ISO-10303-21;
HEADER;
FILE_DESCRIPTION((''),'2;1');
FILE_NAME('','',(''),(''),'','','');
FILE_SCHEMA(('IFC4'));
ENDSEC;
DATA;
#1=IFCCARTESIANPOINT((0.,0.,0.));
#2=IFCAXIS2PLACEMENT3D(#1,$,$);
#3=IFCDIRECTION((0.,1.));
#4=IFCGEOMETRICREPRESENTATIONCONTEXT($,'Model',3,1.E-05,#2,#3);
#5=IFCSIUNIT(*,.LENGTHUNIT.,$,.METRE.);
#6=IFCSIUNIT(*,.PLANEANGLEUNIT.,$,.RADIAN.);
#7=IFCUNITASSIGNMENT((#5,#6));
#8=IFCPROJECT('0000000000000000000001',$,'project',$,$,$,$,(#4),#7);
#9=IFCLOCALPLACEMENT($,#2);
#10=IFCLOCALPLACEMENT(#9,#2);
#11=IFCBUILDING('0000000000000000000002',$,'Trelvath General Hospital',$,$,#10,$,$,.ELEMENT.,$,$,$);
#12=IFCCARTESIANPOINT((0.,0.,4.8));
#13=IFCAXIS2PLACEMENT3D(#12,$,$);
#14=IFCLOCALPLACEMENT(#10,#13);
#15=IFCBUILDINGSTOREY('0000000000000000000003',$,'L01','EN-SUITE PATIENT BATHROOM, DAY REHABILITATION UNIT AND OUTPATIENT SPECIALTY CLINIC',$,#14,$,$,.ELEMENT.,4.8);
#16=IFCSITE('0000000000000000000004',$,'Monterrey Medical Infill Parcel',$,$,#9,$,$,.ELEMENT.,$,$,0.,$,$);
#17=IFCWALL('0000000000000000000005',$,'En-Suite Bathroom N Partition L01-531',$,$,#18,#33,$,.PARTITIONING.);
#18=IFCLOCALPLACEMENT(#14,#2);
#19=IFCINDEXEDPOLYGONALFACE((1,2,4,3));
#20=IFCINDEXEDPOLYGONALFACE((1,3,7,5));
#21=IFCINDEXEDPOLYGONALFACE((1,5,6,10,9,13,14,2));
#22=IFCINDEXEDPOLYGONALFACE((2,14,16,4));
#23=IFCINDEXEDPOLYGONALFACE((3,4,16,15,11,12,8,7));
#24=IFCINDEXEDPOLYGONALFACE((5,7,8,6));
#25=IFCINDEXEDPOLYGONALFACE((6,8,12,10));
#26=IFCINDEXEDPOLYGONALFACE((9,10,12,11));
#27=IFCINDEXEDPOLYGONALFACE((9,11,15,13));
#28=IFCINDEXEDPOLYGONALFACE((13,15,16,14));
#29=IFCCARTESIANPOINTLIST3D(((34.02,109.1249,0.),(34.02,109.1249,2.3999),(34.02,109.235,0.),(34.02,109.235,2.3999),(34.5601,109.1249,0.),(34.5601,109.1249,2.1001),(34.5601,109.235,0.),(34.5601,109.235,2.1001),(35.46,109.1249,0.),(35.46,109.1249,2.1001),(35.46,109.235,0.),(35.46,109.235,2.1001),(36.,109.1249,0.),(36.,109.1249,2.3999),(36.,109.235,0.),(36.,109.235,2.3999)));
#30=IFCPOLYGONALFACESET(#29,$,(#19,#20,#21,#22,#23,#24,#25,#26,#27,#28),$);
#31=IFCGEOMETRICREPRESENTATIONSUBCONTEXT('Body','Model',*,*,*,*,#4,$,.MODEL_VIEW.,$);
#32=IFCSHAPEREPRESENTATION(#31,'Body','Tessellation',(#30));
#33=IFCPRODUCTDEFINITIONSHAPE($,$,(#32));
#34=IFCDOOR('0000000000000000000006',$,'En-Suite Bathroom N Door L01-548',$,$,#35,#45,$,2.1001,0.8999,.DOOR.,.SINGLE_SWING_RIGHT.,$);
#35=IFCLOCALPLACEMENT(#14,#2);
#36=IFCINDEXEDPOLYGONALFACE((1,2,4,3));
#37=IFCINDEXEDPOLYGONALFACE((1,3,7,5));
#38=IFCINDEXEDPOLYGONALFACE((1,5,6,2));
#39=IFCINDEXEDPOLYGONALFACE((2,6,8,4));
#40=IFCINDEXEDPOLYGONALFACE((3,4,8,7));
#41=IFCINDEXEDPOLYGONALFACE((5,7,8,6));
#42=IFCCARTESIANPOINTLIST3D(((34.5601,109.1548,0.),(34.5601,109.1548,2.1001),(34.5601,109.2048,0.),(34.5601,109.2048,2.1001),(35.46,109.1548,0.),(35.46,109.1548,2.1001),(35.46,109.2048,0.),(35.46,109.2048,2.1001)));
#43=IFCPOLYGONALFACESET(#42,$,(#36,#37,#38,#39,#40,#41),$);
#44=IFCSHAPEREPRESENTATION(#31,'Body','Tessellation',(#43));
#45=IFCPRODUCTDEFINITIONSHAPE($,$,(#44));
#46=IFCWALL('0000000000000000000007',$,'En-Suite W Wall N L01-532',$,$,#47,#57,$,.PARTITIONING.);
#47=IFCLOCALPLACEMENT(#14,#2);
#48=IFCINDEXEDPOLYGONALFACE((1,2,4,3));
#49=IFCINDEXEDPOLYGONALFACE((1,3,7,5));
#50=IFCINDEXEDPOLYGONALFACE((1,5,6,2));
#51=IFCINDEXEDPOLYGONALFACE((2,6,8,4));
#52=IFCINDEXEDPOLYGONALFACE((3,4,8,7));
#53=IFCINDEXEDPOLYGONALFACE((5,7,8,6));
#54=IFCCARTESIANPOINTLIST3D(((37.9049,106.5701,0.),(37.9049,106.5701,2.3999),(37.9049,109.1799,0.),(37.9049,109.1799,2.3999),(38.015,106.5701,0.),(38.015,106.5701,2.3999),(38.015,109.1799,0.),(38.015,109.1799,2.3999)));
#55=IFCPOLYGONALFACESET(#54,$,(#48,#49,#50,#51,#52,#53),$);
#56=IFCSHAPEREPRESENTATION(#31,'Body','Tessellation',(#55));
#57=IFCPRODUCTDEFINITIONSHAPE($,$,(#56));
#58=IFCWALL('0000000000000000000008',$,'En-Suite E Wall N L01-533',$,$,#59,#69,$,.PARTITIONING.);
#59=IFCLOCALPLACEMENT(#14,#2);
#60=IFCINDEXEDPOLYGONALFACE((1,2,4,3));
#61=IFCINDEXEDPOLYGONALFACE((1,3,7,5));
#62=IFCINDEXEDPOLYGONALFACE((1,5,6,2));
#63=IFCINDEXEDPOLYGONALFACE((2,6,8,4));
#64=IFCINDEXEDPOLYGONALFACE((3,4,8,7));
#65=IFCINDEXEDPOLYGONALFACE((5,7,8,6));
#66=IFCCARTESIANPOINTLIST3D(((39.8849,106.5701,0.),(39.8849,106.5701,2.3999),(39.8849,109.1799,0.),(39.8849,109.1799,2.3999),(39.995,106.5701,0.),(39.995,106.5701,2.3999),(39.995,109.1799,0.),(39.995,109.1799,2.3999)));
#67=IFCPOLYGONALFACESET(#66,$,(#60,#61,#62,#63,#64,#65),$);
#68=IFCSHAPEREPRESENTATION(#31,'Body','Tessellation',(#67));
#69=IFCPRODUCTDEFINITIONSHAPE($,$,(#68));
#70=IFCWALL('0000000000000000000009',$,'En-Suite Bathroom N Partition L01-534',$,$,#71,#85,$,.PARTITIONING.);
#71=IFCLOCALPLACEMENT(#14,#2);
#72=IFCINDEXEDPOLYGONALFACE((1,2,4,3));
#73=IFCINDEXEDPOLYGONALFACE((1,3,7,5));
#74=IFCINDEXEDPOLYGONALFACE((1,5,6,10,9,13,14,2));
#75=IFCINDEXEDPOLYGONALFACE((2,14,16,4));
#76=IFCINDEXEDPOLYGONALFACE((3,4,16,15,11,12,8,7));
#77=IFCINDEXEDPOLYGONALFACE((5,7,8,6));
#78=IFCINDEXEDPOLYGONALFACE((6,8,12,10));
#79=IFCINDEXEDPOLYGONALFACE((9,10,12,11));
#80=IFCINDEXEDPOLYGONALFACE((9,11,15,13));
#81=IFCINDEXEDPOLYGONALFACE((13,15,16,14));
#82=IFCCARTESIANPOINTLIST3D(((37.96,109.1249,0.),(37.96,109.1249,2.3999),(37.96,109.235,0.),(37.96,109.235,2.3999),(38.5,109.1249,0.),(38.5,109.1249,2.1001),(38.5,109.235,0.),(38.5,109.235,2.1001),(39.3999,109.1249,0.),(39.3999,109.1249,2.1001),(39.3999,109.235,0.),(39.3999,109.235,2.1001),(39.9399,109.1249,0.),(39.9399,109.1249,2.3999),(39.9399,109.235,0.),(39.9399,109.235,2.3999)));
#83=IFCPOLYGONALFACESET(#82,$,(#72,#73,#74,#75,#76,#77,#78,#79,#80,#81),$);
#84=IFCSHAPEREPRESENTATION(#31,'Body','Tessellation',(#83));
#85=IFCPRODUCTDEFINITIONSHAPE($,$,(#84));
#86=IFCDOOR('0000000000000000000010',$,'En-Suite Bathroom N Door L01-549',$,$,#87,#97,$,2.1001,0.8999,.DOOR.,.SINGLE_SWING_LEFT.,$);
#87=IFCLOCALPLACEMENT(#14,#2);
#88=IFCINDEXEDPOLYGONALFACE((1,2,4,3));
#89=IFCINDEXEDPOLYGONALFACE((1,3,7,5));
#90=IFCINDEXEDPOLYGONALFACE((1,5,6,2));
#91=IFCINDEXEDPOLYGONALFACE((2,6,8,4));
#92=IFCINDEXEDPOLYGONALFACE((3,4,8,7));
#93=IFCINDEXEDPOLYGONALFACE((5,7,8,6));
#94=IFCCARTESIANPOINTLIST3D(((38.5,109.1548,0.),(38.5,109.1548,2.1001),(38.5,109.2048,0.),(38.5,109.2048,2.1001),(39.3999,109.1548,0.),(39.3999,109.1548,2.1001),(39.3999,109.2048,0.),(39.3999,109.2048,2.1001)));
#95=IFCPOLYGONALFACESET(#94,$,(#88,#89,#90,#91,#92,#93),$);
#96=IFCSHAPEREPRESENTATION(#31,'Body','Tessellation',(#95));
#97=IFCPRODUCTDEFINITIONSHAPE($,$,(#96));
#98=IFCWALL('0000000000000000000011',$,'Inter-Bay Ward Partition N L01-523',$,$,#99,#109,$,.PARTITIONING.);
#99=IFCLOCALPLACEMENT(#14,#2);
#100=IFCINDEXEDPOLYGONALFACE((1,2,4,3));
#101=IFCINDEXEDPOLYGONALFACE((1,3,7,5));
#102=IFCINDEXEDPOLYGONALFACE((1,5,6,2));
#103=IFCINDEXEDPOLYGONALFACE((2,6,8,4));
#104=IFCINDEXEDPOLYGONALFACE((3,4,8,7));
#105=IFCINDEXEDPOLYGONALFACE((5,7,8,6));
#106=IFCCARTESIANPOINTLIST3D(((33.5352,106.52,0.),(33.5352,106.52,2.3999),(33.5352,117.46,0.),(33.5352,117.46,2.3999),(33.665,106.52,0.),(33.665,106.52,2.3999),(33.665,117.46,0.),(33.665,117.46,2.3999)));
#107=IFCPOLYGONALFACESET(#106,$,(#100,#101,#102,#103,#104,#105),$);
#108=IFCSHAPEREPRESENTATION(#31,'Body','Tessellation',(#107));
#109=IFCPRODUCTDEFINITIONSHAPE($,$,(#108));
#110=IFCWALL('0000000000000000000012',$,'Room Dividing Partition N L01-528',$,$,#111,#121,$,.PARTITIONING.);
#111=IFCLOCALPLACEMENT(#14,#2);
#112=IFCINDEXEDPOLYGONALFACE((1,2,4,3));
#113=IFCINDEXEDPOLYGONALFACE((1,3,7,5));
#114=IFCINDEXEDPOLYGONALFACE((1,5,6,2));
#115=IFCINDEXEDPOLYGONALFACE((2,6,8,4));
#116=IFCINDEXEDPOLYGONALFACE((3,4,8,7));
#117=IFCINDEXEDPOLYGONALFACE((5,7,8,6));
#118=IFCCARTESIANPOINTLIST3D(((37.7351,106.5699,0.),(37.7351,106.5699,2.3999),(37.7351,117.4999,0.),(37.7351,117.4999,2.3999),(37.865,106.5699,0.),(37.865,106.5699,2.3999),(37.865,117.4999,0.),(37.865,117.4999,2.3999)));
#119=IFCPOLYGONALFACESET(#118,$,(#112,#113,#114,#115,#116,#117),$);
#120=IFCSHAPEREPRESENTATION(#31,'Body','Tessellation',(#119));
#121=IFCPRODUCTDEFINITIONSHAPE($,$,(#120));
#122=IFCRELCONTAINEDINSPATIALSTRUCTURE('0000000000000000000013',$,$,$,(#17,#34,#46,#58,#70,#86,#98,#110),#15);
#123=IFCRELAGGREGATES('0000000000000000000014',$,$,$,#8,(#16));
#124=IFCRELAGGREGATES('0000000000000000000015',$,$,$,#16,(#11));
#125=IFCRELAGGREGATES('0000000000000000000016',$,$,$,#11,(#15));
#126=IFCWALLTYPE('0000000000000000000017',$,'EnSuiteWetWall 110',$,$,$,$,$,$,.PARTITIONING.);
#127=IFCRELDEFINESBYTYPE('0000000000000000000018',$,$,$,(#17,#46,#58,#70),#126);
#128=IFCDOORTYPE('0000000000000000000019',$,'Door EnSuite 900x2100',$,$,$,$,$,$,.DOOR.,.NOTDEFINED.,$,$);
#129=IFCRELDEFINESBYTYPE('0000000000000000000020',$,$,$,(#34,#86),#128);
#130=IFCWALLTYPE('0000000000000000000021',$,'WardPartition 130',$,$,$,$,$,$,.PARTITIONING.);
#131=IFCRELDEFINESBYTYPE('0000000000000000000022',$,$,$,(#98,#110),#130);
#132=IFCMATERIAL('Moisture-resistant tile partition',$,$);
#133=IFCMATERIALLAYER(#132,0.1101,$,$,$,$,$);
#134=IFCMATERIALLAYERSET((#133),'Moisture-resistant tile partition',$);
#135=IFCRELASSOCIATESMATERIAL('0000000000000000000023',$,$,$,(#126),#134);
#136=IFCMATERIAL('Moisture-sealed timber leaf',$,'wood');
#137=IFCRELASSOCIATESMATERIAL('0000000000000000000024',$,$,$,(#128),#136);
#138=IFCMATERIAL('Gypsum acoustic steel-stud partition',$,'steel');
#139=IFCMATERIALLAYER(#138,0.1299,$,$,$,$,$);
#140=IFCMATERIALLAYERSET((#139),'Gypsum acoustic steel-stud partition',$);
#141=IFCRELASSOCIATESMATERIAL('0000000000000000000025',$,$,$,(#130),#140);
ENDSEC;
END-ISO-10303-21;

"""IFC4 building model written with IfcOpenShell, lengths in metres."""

from ifc_helpers import new_model, si_unit, direction, frame, frame_2d, origin, place, context, subcontext, project, spatial, rectangle, extrude, material, layer, layer_set, type_object, element, fill, save


model = new_model("IFC4")

# Units and contexts
model_context = context("Model", 3, precision=1e-05, world=origin(), true_north=direction((0.0, 1.0)))
body_context = subcontext(model_context, "Body", "Model", "MODEL_VIEW")
ifc_project = project(units=[si_unit("LENGTHUNIT", "METRE"), si_unit("PLANEANGLEUNIT", "RADIAN")], contexts=[model_context])

# Site, building, storey
site_placement = place(None, origin())
site = spatial("IfcSite", under=ifc_project, at=site_placement, Name="Monterrey Medical Infill Parcel", CompositionType="ELEMENT", RefElevation=0.0)
building_placement = place(site_placement, origin())
building = spatial("IfcBuilding", under=site, at=building_placement, Name="Trelvath General Hospital", CompositionType="ELEMENT")
storey_placement = place(building_placement, frame((0.0, 0.0, 4.8)))
storey = spatial("IfcBuildingStorey", under=building, at=storey_placement, Name="L01", Description="EN-SUITE PATIENT BATHROOM, DAY REHABILITATION UNIT AND OUTPATIENT SPECIALTY CLINIC", CompositionType="ELEMENT", Elevation=4.8)

# Shared definitions
ifc_material_1 = material(Name="Moisture-resistant tile partition")
ifc_layer_1 = layer(ifc_material_1, 0.1101)
ifc_layer_set_1 = layer_set([ifc_layer_1], Name="Moisture-resistant tile partition")
wall_type_1 = type_object("IfcWallType", Name="EnSuiteWetWall 110", PredefinedType="PARTITIONING", material=ifc_layer_set_1)

# Wall, opening, door
wall_1_placement = place(storey_placement, frame((34.02, 109.1799, 0.0), z_axis=(0.0, 0.0, 1.0), x_axis=(1.0, 0.0, 0.0)))
wall_1 = element("IfcWall", 1, at=wall_1_placement, inside=storey, type_object=wall_type_1, Name="En-Suite Bathroom N Partition L01-531", PredefinedType="PARTITIONING", context=body_context, shape_type="SweptSolid", body=[
    extrude(rectangle(XDim=1.98, YDim=0.1101, at=frame_2d((0.99, 0.0))), origin(), (0.0, 0.0, 1.0), 2.3999),
])
opening_1_placement = place(wall_1_placement, frame((0.54, 0.0, 0.0)))
opening_1 = element("IfcOpeningElement", 2, at=opening_1_placement, cuts=wall_1, PredefinedType="OPENING", context=body_context, shape_type="SweptSolid", body=[
    extrude(rectangle(XDim=0.8999, YDim=2.1001, at=frame_2d((0.45, 1.05))), frame((0.0, 0.0649, 0.0), z_axis=(0.0, -1.0, 0.0), x_axis=(1.0, 0.0, 0.0)), (0.0, 0.0, 1.0), 0.1301),
])
ifc_material_2 = material(Name="Moisture-sealed timber leaf", Category="wood")
door_type_1 = type_object("IfcDoorType", Name="Door EnSuite 900x2100", OperationType="NOTDEFINED", PredefinedType="DOOR", material=ifc_material_2)
door_1_placement = place(opening_1_placement, origin())
door_1 = element("IfcDoor", 3, at=door_1_placement, inside=storey, type_object=door_type_1, Name="En-Suite Bathroom N Door L01-548", OperationType="SINGLE_SWING_RIGHT", OverallHeight=2.1001, OverallWidth=0.8999, PredefinedType="DOOR", context=body_context, shape_type="SweptSolid", body=[
    extrude(rectangle(XDim=0.8999, YDim=2.1001, at=frame_2d((0.45, 1.05))), frame((0.0, 0.0249, 0.0), z_axis=(0.0, -1.0, 0.0), x_axis=(1.0, 0.0, 0.0)), (0.0, 0.0, 1.0), 0.05),
])
fill(opening_1, door_1)

# Walls
for number, where, z_axis, x_axis, name in (
    (4, (37.96, 106.5701, 0.0), (0.0, 0.0, 1.0), (0.0, 1.0, 0.0), "En-Suite W Wall N L01-532"),
    (5, (39.9399, 106.5701, 0.0), (0.0, 0.0, 1.0), (0.0, 1.0, 0.0), "En-Suite E Wall N L01-533"),
):
    element("IfcWall", number, at=place(storey_placement, frame(where, z_axis=z_axis, x_axis=x_axis)), inside=storey, type_object=wall_type_1, Name=name, PredefinedType="PARTITIONING", context=body_context, shape_type="SweptSolid", body=[
        extrude(rectangle(XDim=2.6099, YDim=0.1101, at=frame_2d((1.3049, 0.0))), origin(), (0.0, 0.0, 1.0), 2.3999),
    ])

# Wall, opening, door
wall_2_placement = place(storey_placement, frame((37.96, 109.1799, 0.0), z_axis=(0.0, 0.0, 1.0), x_axis=(1.0, 0.0, 0.0)))
wall_2 = element("IfcWall", 6, at=wall_2_placement, inside=storey, type_object=wall_type_1, Name="En-Suite Bathroom N Partition L01-534", PredefinedType="PARTITIONING", context=body_context, shape_type="SweptSolid", body=[
    extrude(rectangle(XDim=1.98, YDim=0.1101, at=frame_2d((0.99, 0.0))), origin(), (0.0, 0.0, 1.0), 2.3999),
])
opening_2_placement = place(wall_2_placement, frame((0.54, 0.0, 0.0)))
opening_2 = element("IfcOpeningElement", 7, at=opening_2_placement, cuts=wall_2, PredefinedType="OPENING", context=body_context, shape_type="SweptSolid", body=[
    extrude(rectangle(XDim=0.8999, YDim=2.1001, at=frame_2d((0.45, 1.05))), frame((0.0, 0.0649, 0.0), z_axis=(0.0, -1.0, 0.0), x_axis=(1.0, 0.0, 0.0)), (0.0, 0.0, 1.0), 0.1301),
])
door_2_placement = place(opening_2_placement, origin())
door_2 = element("IfcDoor", 8, at=door_2_placement, inside=storey, type_object=door_type_1, Name="En-Suite Bathroom N Door L01-549", OperationType="SINGLE_SWING_LEFT", OverallHeight=2.1001, OverallWidth=0.8999, PredefinedType="DOOR", context=body_context, shape_type="SweptSolid", body=[
    extrude(rectangle(XDim=0.8999, YDim=2.1001, at=frame_2d((0.45, 1.05))), frame((0.0, 0.0249, 0.0), z_axis=(0.0, -1.0, 0.0), x_axis=(1.0, 0.0, 0.0)), (0.0, 0.0, 1.0), 0.05),
])
fill(opening_2, door_2)

# Walls
ifc_material_3 = material(Name="Gypsum acoustic steel-stud partition", Category="steel")
ifc_layer_2 = layer(ifc_material_3, 0.1299)
ifc_layer_set_2 = layer_set([ifc_layer_2], Name="Gypsum acoustic steel-stud partition")
wall_type_2 = type_object("IfcWallType", Name="WardPartition 130", PredefinedType="PARTITIONING", material=ifc_layer_set_2)
wall_3_placement = place(storey_placement, frame((33.6001, 106.52, 0.0), z_axis=(0.0, 0.0, 1.0), x_axis=(0.0, 1.0, 0.0)))
element("IfcWall", 9, at=wall_3_placement, inside=storey, type_object=wall_type_2, Name="Inter-Bay Ward Partition N L01-523", PredefinedType="PARTITIONING", context=body_context, shape_type="SweptSolid", body=[
    extrude(rectangle(XDim=10.9399, YDim=0.1299, at=frame_2d((5.47, 0.0))), origin(), (0.0, 0.0, 1.0), 2.3999),
])
wall_4_placement = place(storey_placement, frame((37.8, 106.5701, 0.0), z_axis=(0.0, 0.0, 1.0), x_axis=(0.0, 1.0, 0.0)))
element("IfcWall", 10, at=wall_4_placement, inside=storey, type_object=wall_type_2, Name="Room Dividing Partition N L01-528", PredefinedType="PARTITIONING", context=body_context, shape_type="SweptSolid", body=[
    extrude(rectangle(XDim=10.9299, YDim=0.1299, at=frame_2d((5.4648, 0.0))), origin(), (0.0, 0.0, 1.0), 2.3999),
])

save(model, "model.ifc")
